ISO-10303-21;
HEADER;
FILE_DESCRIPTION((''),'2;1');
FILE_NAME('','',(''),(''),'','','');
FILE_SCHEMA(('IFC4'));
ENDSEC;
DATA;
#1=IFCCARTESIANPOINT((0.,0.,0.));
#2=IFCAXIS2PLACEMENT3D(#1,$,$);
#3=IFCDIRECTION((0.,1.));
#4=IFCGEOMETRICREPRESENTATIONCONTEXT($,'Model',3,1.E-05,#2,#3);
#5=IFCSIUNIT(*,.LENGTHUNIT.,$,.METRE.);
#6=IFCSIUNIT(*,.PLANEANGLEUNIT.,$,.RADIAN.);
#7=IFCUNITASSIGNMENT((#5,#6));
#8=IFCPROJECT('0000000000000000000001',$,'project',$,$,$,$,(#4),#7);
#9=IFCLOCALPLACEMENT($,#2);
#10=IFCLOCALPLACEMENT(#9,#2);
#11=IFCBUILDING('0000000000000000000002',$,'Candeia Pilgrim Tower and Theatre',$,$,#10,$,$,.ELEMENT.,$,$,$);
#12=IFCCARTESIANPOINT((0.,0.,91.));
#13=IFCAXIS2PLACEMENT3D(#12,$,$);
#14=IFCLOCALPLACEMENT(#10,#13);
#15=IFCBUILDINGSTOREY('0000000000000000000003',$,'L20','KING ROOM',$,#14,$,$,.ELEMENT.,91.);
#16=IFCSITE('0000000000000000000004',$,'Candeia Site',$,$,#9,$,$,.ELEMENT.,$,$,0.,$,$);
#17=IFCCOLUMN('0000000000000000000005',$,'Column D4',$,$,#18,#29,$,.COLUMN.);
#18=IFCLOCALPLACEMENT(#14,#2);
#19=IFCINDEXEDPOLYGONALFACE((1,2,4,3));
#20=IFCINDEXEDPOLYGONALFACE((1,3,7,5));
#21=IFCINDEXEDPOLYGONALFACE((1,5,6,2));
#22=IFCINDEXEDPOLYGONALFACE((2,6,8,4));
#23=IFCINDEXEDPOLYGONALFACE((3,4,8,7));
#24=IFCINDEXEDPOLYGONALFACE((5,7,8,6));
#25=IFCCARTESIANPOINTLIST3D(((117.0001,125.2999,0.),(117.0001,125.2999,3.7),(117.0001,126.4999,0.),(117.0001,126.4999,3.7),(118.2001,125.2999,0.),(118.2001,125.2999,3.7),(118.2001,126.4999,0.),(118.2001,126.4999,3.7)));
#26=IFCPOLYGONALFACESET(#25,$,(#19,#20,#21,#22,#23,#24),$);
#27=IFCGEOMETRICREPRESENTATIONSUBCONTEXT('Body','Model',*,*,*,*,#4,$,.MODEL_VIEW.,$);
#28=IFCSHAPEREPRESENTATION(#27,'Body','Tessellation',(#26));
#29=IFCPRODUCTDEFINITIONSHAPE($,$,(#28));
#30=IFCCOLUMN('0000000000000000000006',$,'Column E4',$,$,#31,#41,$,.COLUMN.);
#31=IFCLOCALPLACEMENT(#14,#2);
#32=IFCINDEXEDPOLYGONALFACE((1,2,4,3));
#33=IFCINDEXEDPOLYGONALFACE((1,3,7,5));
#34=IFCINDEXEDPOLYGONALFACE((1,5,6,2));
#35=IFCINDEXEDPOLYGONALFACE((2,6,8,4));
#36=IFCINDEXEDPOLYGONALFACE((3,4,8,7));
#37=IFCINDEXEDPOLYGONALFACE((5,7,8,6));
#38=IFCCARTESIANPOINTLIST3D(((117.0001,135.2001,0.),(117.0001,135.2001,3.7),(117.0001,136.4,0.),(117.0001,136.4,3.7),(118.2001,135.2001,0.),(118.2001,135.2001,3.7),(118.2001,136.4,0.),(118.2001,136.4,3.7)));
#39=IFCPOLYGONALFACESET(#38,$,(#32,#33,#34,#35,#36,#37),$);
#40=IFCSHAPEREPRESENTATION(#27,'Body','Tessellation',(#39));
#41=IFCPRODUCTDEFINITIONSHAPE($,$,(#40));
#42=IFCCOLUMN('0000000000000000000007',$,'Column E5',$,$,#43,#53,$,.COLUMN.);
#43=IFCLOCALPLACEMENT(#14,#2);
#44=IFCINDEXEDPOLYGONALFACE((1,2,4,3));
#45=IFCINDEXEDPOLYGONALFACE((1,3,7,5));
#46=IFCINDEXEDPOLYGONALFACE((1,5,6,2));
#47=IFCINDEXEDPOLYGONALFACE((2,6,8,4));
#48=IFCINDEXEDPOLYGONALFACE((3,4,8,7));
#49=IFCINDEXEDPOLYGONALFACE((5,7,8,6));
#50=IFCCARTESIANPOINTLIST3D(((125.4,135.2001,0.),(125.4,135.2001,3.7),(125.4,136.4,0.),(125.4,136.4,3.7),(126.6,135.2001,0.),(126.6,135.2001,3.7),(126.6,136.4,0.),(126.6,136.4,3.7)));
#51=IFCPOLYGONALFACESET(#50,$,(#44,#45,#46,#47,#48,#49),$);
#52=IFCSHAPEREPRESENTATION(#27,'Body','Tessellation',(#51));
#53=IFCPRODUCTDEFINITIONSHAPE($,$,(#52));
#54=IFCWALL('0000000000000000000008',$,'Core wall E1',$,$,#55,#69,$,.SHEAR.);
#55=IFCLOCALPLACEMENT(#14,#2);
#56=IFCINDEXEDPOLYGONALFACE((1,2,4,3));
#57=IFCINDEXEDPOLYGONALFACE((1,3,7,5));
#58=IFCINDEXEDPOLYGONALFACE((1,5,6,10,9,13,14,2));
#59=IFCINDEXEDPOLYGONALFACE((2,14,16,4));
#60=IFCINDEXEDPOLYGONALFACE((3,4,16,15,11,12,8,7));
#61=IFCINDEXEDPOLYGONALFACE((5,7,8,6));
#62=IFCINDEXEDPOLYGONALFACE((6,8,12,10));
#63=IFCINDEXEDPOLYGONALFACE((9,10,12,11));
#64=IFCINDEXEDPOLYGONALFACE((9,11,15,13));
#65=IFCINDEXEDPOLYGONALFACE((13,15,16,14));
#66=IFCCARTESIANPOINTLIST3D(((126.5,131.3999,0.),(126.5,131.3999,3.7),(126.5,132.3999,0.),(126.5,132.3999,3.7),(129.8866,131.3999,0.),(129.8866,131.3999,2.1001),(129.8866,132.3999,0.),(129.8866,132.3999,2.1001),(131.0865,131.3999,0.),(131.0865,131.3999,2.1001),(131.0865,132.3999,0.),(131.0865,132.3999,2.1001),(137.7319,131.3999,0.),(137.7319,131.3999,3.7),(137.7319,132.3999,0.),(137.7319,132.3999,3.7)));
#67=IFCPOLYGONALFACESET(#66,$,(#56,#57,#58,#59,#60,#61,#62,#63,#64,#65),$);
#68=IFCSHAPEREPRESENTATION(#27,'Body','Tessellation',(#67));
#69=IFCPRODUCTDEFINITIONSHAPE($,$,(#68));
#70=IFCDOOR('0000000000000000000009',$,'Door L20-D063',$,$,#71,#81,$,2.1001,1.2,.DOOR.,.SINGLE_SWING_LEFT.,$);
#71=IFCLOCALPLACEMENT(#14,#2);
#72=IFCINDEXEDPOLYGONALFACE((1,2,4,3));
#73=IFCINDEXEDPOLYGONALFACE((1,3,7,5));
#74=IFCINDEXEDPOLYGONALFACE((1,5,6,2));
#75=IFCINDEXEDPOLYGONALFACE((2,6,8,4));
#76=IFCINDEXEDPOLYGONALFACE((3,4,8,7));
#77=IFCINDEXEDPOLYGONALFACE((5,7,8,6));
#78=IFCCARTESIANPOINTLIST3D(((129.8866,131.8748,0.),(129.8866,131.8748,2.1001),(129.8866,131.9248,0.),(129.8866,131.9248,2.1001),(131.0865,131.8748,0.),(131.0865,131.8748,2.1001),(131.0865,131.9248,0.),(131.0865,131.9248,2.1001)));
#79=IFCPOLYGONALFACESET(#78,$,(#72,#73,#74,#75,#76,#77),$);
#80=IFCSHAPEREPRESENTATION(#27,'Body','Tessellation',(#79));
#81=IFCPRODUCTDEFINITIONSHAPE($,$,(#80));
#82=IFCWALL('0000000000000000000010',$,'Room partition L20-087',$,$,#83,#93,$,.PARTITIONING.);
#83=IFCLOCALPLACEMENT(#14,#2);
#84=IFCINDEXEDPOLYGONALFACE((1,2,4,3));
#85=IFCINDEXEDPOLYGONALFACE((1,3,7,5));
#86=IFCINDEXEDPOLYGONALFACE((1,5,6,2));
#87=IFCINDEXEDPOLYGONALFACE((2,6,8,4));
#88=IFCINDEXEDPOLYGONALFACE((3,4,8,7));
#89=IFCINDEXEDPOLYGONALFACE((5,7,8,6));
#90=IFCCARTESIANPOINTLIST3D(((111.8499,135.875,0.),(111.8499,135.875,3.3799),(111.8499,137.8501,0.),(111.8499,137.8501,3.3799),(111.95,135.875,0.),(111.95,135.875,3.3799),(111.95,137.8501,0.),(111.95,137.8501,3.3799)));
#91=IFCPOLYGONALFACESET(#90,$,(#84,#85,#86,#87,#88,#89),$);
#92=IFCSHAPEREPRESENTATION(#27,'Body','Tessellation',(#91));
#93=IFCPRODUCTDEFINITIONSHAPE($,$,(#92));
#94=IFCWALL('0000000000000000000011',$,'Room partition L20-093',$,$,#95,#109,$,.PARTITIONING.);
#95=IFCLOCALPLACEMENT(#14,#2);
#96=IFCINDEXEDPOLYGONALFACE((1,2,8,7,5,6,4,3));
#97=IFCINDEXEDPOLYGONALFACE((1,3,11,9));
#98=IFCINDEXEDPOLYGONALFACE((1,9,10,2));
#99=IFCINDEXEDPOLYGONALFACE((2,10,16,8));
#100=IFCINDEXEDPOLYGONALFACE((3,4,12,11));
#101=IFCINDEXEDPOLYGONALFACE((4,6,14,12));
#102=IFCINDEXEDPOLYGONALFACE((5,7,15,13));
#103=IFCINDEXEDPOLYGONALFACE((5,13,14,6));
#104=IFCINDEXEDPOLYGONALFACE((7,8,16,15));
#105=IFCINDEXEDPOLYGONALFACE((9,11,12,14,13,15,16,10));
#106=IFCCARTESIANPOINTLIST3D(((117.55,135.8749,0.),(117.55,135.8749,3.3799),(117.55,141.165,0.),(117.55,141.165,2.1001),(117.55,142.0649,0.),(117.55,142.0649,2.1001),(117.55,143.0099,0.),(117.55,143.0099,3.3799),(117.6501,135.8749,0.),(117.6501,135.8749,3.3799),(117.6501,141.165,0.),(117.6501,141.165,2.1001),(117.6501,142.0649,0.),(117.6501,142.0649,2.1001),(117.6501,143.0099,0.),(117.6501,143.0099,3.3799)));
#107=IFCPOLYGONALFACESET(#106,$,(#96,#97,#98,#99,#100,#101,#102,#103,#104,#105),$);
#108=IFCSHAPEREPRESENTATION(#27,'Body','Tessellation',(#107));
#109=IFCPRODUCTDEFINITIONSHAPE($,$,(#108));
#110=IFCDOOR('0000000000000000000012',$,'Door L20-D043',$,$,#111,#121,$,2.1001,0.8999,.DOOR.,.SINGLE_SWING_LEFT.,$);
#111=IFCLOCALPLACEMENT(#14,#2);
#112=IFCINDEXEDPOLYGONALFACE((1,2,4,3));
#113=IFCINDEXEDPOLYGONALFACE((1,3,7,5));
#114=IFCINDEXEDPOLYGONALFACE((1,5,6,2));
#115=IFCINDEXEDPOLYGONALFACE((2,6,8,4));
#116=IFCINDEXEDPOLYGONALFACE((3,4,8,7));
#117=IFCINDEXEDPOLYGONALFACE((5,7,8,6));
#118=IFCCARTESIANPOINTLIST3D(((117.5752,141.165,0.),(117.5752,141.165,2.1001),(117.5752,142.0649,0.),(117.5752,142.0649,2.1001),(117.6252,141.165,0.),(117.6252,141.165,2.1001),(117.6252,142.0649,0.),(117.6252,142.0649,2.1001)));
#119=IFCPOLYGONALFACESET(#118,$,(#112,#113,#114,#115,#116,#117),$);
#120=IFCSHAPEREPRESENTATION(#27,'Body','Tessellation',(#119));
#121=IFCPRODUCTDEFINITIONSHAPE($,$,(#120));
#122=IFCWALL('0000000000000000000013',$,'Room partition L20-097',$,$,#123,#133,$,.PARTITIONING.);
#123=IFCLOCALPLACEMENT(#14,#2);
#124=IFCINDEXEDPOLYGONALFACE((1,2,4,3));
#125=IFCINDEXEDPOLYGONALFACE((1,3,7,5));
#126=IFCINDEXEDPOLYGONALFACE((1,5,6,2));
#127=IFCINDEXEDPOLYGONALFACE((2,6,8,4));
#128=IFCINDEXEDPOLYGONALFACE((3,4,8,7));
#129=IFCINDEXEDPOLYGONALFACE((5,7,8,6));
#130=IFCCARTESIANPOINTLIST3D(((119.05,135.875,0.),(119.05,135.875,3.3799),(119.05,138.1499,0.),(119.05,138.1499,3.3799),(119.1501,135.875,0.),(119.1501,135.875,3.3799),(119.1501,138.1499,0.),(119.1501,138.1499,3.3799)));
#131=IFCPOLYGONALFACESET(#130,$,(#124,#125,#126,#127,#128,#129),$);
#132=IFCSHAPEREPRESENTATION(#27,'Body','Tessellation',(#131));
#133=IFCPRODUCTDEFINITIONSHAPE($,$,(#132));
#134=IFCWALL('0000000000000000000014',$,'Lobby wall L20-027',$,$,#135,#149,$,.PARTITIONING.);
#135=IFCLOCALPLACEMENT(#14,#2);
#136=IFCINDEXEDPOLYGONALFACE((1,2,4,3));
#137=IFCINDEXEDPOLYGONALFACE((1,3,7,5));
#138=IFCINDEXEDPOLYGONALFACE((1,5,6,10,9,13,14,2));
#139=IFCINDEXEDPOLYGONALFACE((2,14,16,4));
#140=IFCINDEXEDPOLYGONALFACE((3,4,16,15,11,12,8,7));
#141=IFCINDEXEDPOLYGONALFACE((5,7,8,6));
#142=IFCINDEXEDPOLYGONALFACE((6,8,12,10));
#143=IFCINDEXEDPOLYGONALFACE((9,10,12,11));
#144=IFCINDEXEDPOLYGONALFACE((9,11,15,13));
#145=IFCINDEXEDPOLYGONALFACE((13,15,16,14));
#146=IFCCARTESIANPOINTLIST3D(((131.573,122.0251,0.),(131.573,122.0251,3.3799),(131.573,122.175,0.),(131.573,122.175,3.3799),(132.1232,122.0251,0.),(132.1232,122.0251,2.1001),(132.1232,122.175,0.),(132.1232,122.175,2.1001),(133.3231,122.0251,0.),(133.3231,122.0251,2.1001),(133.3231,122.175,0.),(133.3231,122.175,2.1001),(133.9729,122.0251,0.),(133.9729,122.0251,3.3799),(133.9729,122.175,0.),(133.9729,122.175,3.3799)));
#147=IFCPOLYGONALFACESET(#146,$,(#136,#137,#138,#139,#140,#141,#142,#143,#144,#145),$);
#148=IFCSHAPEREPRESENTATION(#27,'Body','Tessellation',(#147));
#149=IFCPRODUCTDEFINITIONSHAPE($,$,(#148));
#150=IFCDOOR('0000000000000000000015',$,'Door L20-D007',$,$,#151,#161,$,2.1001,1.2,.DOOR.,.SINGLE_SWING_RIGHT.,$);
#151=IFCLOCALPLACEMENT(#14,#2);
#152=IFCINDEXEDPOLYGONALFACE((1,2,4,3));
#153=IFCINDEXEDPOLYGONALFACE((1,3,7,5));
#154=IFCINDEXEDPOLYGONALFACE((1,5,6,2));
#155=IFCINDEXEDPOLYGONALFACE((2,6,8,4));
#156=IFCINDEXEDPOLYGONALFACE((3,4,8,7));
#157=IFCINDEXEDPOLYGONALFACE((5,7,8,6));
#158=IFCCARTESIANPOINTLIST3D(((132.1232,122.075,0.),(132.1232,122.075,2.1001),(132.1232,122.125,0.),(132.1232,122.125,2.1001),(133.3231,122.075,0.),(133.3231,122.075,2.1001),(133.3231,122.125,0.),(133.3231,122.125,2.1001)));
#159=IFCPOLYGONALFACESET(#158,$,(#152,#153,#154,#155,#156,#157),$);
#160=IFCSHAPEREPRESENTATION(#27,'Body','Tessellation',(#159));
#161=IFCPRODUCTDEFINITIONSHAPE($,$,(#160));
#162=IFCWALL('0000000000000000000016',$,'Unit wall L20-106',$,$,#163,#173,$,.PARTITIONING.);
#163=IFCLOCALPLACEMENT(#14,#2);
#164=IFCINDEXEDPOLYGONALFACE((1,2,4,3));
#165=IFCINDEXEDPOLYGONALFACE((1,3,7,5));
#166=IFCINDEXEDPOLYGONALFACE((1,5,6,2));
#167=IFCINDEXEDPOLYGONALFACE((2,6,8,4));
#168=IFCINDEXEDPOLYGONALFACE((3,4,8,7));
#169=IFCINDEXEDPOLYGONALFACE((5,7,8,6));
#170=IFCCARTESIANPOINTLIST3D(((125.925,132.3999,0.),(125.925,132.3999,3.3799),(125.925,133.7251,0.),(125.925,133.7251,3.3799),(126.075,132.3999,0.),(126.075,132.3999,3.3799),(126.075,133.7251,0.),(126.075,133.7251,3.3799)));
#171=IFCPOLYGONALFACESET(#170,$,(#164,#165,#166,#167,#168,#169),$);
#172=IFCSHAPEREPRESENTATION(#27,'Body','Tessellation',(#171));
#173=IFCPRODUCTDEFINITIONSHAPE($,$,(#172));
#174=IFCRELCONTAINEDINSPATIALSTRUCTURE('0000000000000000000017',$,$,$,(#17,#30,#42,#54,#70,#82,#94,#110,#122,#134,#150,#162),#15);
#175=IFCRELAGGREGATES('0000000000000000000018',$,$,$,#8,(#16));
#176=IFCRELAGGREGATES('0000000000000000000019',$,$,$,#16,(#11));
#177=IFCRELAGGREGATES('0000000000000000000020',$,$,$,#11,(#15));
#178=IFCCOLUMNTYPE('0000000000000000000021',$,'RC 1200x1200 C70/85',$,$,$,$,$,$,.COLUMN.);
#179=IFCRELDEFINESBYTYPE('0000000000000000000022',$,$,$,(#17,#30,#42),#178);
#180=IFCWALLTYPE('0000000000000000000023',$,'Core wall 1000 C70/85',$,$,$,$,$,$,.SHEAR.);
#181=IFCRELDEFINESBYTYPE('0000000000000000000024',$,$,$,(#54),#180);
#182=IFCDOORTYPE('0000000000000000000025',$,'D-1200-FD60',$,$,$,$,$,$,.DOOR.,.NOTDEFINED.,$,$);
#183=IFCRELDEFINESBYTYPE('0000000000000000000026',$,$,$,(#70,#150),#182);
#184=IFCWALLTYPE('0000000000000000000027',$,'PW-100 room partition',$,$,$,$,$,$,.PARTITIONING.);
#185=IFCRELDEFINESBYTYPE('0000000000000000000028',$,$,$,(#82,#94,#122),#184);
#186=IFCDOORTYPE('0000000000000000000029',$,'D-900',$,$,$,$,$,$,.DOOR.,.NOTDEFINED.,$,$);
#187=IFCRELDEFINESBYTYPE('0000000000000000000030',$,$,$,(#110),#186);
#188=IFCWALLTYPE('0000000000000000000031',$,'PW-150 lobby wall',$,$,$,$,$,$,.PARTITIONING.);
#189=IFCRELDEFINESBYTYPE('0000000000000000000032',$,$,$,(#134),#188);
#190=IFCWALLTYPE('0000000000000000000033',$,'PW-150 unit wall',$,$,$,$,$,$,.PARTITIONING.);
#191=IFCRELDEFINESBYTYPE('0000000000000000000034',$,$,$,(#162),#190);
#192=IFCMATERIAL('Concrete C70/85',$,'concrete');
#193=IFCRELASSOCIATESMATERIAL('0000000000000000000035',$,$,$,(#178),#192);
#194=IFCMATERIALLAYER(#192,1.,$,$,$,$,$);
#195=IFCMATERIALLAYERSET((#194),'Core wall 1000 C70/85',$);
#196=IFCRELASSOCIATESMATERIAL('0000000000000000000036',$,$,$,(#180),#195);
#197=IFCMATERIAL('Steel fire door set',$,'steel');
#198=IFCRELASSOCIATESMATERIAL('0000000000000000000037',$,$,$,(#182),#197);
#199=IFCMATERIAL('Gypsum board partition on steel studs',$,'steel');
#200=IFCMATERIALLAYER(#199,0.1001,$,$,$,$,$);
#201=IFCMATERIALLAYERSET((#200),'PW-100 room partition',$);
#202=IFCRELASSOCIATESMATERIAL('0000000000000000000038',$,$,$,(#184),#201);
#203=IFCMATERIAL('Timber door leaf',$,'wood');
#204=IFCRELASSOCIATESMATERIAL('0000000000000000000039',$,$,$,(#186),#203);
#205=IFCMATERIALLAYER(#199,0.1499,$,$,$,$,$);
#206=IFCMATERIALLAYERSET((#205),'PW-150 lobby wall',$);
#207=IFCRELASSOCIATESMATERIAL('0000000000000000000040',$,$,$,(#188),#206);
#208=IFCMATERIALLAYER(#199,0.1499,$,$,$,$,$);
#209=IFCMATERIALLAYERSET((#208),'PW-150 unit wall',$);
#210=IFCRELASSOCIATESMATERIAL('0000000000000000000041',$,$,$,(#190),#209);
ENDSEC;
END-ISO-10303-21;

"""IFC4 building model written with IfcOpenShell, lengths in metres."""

from ifc_helpers import new_model, si_unit, direction, frame, frame_2d, origin, origin_2d, place, context, subcontext, project, spatial, rectangle, extrude, material, layer, layer_set, material_profile, profile_set, type_object, element, fill, save


model = new_model("IFC4")

# Units and contexts
model_context = context("Model", 3, precision=1e-05, world=origin(), true_north=direction((0.0, 1.0)))
body_context = subcontext(model_context, "Body", "Model", "MODEL_VIEW")
ifc_project = project(units=[si_unit("LENGTHUNIT", "METRE"), si_unit("PLANEANGLEUNIT", "RADIAN")], contexts=[model_context])

# Site, building, storey
site_placement = place(None, origin())
site = spatial("IfcSite", under=ifc_project, at=site_placement, Name="Candeia Site", CompositionType="ELEMENT", RefElevation=0.0)
building_placement = place(site_placement, origin())
building = spatial("IfcBuilding", under=site, at=building_placement, Name="Candeia Pilgrim Tower and Theatre", CompositionType="ELEMENT")
storey_placement = place(building_placement, frame((0.0, 0.0, 91.0)))
storey = spatial("IfcBuildingStorey", under=building, at=storey_placement, Name="L20", Description="KING ROOM", CompositionType="ELEMENT", Elevation=91.0)

# Columns
ifc_material_1 = material(Name="Concrete C70/85", Category="concrete")
ifc_material_profile = material_profile(ifc_material_1, rectangle(XDim=1.2, YDim=1.2, at=origin_2d()))
ifc_profile_set = profile_set([ifc_material_profile], Name="Concrete C70/85")
column_type = type_object("IfcColumnType", Name="RC 1200x1200 C70/85", PredefinedType="COLUMN", material=ifc_profile_set)
for number, where, z_axis, x_axis, name in (
    (1, (117.6001, 125.8999, 0.0), (0.0, 0.0, 1.0), (1.0, 0.0, 0.0), "Column D4"),
    (2, (117.6001, 135.8, 0.0), (0.0, 0.0, 1.0), (1.0, 0.0, 0.0), "Column E4"),
    (3, (126.0, 135.8, 0.0), (0.0, 0.0, 1.0), (1.0, 0.0, 0.0), "Column E5"),
):
    element("IfcColumn", number, at=place(storey_placement, frame(where, z_axis=z_axis, x_axis=x_axis)), inside=storey, type_object=column_type, Name=name, PredefinedType="COLUMN", context=body_context, shape_type="SweptSolid", body=[
        extrude(rectangle(XDim=1.2, YDim=1.2, at=origin_2d()), origin(), (0.0, 0.0, 1.0), 3.7),
    ])

# Wall, opening, door
ifc_layer_1 = layer(ifc_material_1, 1.0)
ifc_layer_set_1 = layer_set([ifc_layer_1], Name="Core wall 1000 C70/85")
wall_type_1 = type_object("IfcWallType", Name="Core wall 1000 C70/85", PredefinedType="SHEAR", material=ifc_layer_set_1)
wall_1_placement = place(storey_placement, frame((126.5, 131.8999, 0.0), z_axis=(0.0, 0.0, 1.0), x_axis=(1.0, 0.0, 0.0)))
wall_1 = element("IfcWall", 4, at=wall_1_placement, inside=storey, type_object=wall_type_1, Name="Core wall E1", PredefinedType="SHEAR", context=body_context, shape_type="SweptSolid", body=[
    extrude(rectangle(XDim=11.2319, YDim=1.0, at=frame_2d((5.616, 0.0))), origin(), (0.0, 0.0, 1.0), 3.7),
])
opening_1_placement = place(wall_1_placement, frame((3.3865, 0.0, 0.0)))
opening_1 = element("IfcOpeningElement", 5, at=opening_1_placement, cuts=wall_1, PredefinedType="OPENING", context=body_context, shape_type="SweptSolid", body=[
    extrude(rectangle(XDim=1.2, YDim=2.1001, at=frame_2d((0.6001, 1.05))), frame((0.0, 0.51, 0.0), z_axis=(0.0, -1.0, 0.0), x_axis=(1.0, 0.0, 0.0)), (0.0, 0.0, 1.0), 1.02),
])
ifc_material_2 = material(Name="Steel fire door set", Category="steel")
door_type_1 = type_object("IfcDoorType", Name="D-1200-FD60", OperationType="NOTDEFINED", PredefinedType="DOOR", material=ifc_material_2)
door_1_placement = place(opening_1_placement, origin())
door_1 = element("IfcDoor", 6, at=door_1_placement, inside=storey, type_object=door_type_1, Name="Door L20-D063", OperationType="SINGLE_SWING_LEFT", OverallHeight=2.1001, OverallWidth=1.2, PredefinedType="DOOR", context=body_context, shape_type="SweptSolid", body=[
    extrude(rectangle(XDim=1.2, YDim=2.1001, at=frame_2d((0.6001, 1.05))), frame((0.0, 0.0249, 0.0), z_axis=(0.0, -1.0, 0.0), x_axis=(1.0, 0.0, 0.0)), (0.0, 0.0, 1.0), 0.05),
])
fill(opening_1, door_1)

# Wall
ifc_material_3 = material(Name="Gypsum board partition on steel studs", Category="steel")
ifc_layer_2 = layer(ifc_material_3, 0.1001)
ifc_layer_set_2 = layer_set([ifc_layer_2], Name="PW-100 room partition")
wall_type_2 = type_object("IfcWallType", Name="PW-100 room partition", PredefinedType="PARTITIONING", material=ifc_layer_set_2)
wall_2_placement = place(storey_placement, frame((111.8999, 135.875, 0.0), z_axis=(0.0, 0.0, 1.0), x_axis=(0.0, 1.0, 0.0)))
element("IfcWall", 7, at=wall_2_placement, inside=storey, type_object=wall_type_2, Name="Room partition L20-087", PredefinedType="PARTITIONING", context=body_context, shape_type="SweptSolid", body=[
    extrude(rectangle(XDim=1.9751, YDim=0.1001, at=frame_2d((0.9875, 0.0))), origin(), (0.0, 0.0, 1.0), 3.3799),
])

# Wall, opening, door
wall_3_placement = place(storey_placement, frame((117.6001, 135.875, 0.0), z_axis=(0.0, 0.0, 1.0), x_axis=(0.0, 1.0, 0.0)))
wall_3 = element("IfcWall", 8, at=wall_3_placement, inside=storey, type_object=wall_type_2, Name="Room partition L20-093", PredefinedType="PARTITIONING", context=body_context, shape_type="SweptSolid", body=[
    extrude(rectangle(XDim=7.135, YDim=0.1001, at=frame_2d((3.5674, 0.0))), origin(), (0.0, 0.0, 1.0), 3.3799),
])
opening_2_placement = place(wall_3_placement, frame((5.29, 0.0, 0.0)))
opening_2 = element("IfcOpeningElement", 9, at=opening_2_placement, cuts=wall_3, PredefinedType="OPENING", context=body_context, shape_type="SweptSolid", body=[
    extrude(rectangle(XDim=0.8999, YDim=2.1001, at=frame_2d((0.45, 1.05))), frame((0.0, 0.0601, 0.0), z_axis=(0.0, -1.0, 0.0), x_axis=(1.0, 0.0, 0.0)), (0.0, 0.0, 1.0), 0.1201),
])
ifc_material_4 = material(Name="Timber door leaf", Category="wood")
door_type_2 = type_object("IfcDoorType", Name="D-900", OperationType="NOTDEFINED", PredefinedType="DOOR", material=ifc_material_4)
door_2_placement = place(opening_2_placement, origin())
door_2 = element("IfcDoor", 10, at=door_2_placement, inside=storey, type_object=door_type_2, Name="Door L20-D043", OperationType="SINGLE_SWING_LEFT", OverallHeight=2.1001, OverallWidth=0.8999, PredefinedType="DOOR", context=body_context, shape_type="SweptSolid", body=[
    extrude(rectangle(XDim=0.8999, YDim=2.1001, at=frame_2d((0.45, 1.05))), frame((0.0, 0.0249, 0.0), z_axis=(0.0, -1.0, 0.0), x_axis=(1.0, 0.0, 0.0)), (0.0, 0.0, 1.0), 0.05),
])
fill(opening_2, door_2)

# Wall
wall_4_placement = place(storey_placement, frame((119.1001, 135.875, 0.0), z_axis=(0.0, 0.0, 1.0), x_axis=(0.0, 1.0, 0.0)))
element("IfcWall", 11, at=wall_4_placement, inside=storey, type_object=wall_type_2, Name="Room partition L20-097", PredefinedType="PARTITIONING", context=body_context, shape_type="SweptSolid", body=[
    extrude(rectangle(XDim=2.2749, YDim=0.1001, at=frame_2d((1.1375, 0.0))), origin(), (0.0, 0.0, 1.0), 3.3799),
])

# Wall, opening, door
ifc_layer_3 = layer(ifc_material_3, 0.1499)
ifc_layer_set_3 = layer_set([ifc_layer_3], Name="PW-150 lobby wall")
wall_type_3 = type_object("IfcWallType", Name="PW-150 lobby wall", PredefinedType="PARTITIONING", material=ifc_layer_set_3)
wall_5_placement = place(storey_placement, frame((131.573, 122.1001, 0.0), z_axis=(0.0, 0.0, 1.0), x_axis=(1.0, 0.0, 0.0)))
wall_5 = element("IfcWall", 12, at=wall_5_placement, inside=storey, type_object=wall_type_3, Name="Lobby wall L20-027", PredefinedType="PARTITIONING", context=body_context, shape_type="SweptSolid", body=[
    extrude(rectangle(XDim=2.3999, YDim=0.1499, at=frame_2d((1.2, 0.0))), origin(), (0.0, 0.0, 1.0), 3.3799),
])
opening_3_placement = place(wall_5_placement, frame((0.55, 0.0, 0.0)))
opening_3 = element("IfcOpeningElement", 13, at=opening_3_placement, cuts=wall_5, PredefinedType="OPENING", context=body_context, shape_type="SweptSolid", body=[
    extrude(rectangle(XDim=1.2, YDim=2.1001, at=frame_2d((0.6001, 1.05))), frame((0.0, 0.085, 0.0), z_axis=(0.0, -1.0, 0.0), x_axis=(1.0, 0.0, 0.0)), (0.0, 0.0, 1.0), 0.1699),
])
door_3_placement = place(opening_3_placement, origin())
door_3 = element("IfcDoor", 14, at=door_3_placement, inside=storey, type_object=door_type_1, Name="Door L20-D007", OperationType="SINGLE_SWING_RIGHT", OverallHeight=2.1001, OverallWidth=1.2, PredefinedType="DOOR", context=body_context, shape_type="SweptSolid", body=[
    extrude(rectangle(XDim=1.2, YDim=2.1001, at=frame_2d((0.6001, 1.05))), frame((0.0, 0.0249, 0.0), z_axis=(0.0, -1.0, 0.0), x_axis=(1.0, 0.0, 0.0)), (0.0, 0.0, 1.0), 0.05),
])
fill(opening_3, door_3)

# Wall
ifc_layer_4 = layer(ifc_material_3, 0.1499)
ifc_layer_set_4 = layer_set([ifc_layer_4], Name="PW-150 unit wall")
wall_type_4 = type_object("IfcWallType", Name="PW-150 unit wall", PredefinedType="PARTITIONING", material=ifc_layer_set_4)
wall_6_placement = place(storey_placement, frame((126.0, 132.3999, 0.0), z_axis=(0.0, 0.0, 1.0), x_axis=(0.0, 1.0, 0.0)))
element("IfcWall", 15, at=wall_6_placement, inside=storey, type_object=wall_type_4, Name="Unit wall L20-106", PredefinedType="PARTITIONING", context=body_context, shape_type="SweptSolid", body=[
    extrude(rectangle(XDim=1.3252, YDim=0.1499, at=frame_2d((0.6626, 0.0))), origin(), (0.0, 0.0, 1.0), 3.3799),
])

save(model, "model.ifc")
